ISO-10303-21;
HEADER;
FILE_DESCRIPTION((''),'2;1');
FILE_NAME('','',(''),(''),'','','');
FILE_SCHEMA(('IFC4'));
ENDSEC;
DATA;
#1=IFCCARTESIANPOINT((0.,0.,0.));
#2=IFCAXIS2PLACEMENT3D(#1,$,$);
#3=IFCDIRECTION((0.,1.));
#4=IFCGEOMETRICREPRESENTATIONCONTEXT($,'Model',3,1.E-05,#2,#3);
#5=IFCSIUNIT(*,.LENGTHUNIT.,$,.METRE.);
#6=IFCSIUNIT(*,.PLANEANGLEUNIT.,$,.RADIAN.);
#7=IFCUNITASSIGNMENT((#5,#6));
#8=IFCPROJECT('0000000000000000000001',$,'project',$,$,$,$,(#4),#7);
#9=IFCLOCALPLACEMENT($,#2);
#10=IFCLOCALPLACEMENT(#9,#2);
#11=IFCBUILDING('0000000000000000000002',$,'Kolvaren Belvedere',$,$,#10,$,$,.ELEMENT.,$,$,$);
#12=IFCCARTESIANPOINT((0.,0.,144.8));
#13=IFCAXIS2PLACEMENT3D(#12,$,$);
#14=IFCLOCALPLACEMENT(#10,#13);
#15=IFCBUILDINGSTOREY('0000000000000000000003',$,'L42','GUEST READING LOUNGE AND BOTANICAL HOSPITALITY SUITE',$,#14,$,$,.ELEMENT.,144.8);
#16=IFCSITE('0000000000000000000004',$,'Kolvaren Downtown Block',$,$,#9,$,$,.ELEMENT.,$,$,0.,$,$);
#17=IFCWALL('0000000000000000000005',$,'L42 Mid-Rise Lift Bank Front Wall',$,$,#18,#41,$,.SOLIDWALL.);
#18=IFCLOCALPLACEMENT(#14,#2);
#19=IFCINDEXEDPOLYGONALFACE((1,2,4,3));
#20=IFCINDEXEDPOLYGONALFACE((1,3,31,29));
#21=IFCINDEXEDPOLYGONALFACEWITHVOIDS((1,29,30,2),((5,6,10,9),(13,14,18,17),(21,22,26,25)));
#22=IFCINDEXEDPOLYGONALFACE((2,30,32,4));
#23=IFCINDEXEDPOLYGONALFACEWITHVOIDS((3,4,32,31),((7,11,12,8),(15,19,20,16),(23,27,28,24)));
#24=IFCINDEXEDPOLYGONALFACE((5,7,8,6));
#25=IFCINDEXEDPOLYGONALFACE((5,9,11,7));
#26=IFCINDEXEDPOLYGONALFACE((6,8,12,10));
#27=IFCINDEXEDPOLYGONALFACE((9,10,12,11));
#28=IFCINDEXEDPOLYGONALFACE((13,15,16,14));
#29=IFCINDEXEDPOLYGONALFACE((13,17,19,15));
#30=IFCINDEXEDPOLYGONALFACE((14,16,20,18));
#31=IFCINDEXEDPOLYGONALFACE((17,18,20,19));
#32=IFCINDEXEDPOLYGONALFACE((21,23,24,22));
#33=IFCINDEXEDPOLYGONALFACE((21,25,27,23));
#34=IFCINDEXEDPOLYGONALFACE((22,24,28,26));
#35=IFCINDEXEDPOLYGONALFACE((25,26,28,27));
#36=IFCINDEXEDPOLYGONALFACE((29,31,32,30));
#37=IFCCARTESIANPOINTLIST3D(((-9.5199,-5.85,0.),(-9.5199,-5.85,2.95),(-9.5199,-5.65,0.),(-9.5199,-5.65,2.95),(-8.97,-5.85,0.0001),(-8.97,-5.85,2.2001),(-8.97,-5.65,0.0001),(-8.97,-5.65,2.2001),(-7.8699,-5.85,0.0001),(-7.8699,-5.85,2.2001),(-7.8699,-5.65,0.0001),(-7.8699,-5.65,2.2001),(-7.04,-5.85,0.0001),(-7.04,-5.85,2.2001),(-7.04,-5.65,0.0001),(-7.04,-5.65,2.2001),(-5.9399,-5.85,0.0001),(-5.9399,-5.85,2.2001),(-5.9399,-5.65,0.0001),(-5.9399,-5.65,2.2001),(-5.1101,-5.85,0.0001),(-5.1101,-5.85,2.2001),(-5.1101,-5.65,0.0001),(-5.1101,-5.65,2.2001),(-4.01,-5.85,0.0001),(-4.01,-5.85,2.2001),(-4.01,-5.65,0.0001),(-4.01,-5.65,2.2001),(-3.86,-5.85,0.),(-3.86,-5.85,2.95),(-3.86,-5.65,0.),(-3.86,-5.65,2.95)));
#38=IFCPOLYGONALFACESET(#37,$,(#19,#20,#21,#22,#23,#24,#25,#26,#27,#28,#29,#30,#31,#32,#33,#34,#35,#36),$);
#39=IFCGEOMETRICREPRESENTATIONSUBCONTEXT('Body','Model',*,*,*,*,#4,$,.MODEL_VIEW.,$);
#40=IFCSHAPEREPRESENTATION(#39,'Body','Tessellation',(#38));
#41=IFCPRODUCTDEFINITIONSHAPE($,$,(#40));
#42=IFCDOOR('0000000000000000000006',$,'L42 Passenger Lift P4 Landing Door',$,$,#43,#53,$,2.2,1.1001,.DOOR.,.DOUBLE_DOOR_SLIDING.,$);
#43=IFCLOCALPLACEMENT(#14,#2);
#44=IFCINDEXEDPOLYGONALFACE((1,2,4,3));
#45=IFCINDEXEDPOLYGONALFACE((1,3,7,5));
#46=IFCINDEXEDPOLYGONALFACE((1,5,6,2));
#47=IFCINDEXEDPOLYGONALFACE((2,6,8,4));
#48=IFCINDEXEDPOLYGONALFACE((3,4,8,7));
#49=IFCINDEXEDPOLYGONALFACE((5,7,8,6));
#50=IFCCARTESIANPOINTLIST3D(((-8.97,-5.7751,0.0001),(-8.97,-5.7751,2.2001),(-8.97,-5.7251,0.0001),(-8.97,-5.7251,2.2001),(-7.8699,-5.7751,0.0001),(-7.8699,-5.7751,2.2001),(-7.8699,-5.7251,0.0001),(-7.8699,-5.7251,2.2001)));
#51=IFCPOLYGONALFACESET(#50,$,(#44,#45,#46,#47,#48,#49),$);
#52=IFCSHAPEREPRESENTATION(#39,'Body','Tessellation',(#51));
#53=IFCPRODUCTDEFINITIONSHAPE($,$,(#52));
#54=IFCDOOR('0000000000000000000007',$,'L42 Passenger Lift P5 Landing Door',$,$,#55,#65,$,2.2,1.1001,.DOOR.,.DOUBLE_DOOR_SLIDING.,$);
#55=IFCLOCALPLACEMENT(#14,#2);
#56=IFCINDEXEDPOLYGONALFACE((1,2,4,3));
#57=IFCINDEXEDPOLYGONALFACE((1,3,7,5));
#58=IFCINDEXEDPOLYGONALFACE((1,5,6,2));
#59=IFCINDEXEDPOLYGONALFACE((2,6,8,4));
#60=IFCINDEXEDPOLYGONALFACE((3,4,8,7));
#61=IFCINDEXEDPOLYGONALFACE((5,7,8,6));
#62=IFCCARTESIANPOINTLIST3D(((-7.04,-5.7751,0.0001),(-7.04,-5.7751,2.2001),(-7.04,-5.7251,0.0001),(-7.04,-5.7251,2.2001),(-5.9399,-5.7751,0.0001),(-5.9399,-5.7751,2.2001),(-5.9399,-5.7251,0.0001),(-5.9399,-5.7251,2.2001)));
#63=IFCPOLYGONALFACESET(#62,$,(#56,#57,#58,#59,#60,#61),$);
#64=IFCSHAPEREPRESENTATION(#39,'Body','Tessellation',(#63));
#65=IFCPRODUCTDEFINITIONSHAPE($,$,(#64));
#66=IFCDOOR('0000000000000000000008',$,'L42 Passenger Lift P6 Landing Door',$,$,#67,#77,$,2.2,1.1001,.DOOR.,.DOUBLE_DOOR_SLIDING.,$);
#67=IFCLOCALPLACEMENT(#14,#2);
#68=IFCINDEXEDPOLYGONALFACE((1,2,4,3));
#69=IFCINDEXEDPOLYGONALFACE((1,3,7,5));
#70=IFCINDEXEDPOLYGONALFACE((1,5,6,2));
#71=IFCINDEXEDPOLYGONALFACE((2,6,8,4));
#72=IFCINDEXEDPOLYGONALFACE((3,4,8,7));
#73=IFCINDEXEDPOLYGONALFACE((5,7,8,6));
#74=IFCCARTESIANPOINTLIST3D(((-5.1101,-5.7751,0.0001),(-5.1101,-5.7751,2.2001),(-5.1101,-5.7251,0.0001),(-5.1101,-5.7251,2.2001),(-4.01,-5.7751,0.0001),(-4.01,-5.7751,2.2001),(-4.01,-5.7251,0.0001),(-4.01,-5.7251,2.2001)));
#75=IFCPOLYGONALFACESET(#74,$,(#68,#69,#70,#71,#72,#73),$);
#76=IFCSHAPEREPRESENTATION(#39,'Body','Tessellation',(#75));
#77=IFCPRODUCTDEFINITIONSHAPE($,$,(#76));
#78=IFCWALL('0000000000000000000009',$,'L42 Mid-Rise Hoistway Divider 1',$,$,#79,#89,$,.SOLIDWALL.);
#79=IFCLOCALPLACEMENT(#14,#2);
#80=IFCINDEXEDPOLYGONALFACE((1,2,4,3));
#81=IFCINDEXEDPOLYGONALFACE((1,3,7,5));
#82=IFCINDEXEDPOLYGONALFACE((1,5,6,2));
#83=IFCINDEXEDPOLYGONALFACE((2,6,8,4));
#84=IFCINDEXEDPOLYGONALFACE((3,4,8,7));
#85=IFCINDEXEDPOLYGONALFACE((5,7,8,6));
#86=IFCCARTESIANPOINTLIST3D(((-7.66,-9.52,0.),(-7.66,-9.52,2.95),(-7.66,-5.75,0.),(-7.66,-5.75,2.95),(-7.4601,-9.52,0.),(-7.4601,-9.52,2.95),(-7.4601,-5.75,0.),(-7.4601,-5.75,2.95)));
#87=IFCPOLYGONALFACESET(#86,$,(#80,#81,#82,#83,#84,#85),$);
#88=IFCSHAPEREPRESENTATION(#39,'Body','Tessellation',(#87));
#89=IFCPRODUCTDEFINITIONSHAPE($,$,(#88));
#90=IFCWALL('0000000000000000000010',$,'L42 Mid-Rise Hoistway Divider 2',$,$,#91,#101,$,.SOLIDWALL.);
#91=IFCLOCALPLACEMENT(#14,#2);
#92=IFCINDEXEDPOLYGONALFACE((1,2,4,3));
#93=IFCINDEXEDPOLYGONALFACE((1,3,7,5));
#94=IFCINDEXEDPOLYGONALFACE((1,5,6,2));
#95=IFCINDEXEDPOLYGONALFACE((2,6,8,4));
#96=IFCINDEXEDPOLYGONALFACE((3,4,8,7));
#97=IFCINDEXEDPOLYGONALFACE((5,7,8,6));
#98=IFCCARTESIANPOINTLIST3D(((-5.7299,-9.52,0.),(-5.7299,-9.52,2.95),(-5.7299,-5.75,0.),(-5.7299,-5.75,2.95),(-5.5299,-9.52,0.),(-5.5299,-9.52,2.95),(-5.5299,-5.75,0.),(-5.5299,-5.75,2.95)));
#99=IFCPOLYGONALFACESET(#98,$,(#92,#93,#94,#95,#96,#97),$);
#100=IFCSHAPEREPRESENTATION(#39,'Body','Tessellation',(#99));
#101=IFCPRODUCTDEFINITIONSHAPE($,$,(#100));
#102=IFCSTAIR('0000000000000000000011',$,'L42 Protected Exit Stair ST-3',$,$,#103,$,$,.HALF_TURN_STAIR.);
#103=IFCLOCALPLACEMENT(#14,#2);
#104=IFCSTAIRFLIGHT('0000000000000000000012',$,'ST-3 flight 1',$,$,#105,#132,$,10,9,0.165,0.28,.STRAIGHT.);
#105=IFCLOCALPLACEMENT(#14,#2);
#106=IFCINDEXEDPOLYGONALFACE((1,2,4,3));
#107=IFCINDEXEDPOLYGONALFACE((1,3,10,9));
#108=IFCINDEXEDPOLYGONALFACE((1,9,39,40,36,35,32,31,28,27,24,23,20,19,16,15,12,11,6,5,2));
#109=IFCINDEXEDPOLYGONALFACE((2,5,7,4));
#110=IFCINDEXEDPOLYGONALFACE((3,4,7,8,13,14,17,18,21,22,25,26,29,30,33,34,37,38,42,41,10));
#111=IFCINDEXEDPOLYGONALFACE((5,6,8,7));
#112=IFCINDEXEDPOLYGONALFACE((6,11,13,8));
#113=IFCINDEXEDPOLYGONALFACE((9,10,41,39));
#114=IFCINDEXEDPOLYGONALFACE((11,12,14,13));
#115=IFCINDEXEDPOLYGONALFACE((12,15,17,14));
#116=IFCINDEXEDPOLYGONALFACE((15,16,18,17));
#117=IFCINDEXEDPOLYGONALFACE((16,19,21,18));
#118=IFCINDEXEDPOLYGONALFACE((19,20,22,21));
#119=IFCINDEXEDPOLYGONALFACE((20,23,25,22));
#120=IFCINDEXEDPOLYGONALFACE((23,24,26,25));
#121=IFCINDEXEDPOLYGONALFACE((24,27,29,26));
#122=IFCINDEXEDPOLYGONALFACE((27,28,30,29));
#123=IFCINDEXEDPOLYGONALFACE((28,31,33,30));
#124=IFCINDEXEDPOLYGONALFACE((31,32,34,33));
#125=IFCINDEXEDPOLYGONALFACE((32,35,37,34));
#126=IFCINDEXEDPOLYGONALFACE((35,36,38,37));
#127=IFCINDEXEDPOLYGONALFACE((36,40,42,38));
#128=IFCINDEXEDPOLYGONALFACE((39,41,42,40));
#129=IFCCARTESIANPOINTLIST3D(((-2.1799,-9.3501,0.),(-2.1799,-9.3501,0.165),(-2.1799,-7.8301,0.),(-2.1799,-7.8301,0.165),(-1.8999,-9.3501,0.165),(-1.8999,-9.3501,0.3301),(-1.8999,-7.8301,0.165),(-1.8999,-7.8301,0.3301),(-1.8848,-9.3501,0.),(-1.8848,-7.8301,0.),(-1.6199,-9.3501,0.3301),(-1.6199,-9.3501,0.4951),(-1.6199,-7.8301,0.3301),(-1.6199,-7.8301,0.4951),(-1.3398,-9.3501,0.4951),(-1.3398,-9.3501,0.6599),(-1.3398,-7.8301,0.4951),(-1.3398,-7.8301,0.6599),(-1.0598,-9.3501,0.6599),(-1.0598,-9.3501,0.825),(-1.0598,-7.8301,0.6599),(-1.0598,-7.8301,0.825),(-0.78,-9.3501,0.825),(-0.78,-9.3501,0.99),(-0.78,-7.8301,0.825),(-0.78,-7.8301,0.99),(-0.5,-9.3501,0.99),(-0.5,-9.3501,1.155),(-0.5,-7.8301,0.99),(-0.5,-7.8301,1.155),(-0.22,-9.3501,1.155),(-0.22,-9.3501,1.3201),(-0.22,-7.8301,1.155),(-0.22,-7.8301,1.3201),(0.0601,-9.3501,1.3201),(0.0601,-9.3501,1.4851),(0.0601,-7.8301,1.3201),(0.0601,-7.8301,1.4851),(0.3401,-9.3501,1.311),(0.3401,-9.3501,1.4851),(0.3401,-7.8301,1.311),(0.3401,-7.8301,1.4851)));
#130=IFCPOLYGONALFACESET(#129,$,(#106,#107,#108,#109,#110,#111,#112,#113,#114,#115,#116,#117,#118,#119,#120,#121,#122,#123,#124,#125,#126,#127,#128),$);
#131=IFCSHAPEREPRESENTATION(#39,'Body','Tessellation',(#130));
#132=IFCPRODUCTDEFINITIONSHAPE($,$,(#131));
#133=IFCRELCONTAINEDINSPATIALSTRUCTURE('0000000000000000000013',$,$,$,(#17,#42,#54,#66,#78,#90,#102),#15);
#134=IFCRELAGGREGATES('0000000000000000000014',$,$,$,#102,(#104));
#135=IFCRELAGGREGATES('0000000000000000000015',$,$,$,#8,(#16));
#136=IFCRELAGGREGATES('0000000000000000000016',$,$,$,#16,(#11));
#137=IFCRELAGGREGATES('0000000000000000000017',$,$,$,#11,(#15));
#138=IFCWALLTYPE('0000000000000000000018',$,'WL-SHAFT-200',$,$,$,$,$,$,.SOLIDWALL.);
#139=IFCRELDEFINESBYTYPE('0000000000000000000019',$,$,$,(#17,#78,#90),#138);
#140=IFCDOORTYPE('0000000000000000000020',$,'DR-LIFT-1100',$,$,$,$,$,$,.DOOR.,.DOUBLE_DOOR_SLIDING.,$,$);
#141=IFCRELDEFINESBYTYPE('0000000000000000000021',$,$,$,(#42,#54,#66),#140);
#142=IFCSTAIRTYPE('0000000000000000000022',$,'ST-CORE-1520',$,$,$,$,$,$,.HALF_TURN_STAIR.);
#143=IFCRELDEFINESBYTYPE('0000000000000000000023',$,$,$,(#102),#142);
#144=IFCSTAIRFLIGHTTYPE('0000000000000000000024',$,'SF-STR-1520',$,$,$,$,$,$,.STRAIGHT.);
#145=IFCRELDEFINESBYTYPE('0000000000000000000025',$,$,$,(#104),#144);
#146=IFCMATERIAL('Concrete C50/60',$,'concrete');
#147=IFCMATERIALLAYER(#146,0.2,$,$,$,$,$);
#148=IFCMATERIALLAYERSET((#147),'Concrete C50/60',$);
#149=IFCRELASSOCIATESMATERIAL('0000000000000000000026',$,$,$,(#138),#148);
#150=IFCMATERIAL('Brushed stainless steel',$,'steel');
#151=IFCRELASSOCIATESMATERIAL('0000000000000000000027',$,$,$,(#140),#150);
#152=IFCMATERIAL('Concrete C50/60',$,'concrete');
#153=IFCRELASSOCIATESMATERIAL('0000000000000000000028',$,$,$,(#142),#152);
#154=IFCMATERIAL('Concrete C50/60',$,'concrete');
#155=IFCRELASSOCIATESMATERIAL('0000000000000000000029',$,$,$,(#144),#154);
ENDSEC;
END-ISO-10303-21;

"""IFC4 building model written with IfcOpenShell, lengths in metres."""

from ifc_helpers import new_model, si_unit, direction, frame, frame_2d, origin, place, context, subcontext, project, spatial, polyline, rectangle, outline, extrude, material, layer, layer_set, type_object, element, fill, aggregate, save


model = new_model("IFC4")

# Units and contexts
model_context = context("Model", 3, precision=1e-05, world=origin(), true_north=direction((0.0, 1.0)))
body_context = subcontext(model_context, "Body", "Model", "MODEL_VIEW")
ifc_project = project(units=[si_unit("LENGTHUNIT", "METRE"), si_unit("PLANEANGLEUNIT", "RADIAN")], contexts=[model_context])

# Site, building, storey
site_placement = place(None, origin())
site = spatial("IfcSite", under=ifc_project, at=site_placement, Name="Kolvaren Downtown Block", CompositionType="ELEMENT", RefElevation=0.0)
building_placement = place(site_placement, origin())
building = spatial("IfcBuilding", under=site, at=building_placement, Name="Kolvaren Belvedere", CompositionType="ELEMENT")
storey_placement = place(building_placement, frame((0.0, 0.0, 144.8)))
storey = spatial("IfcBuildingStorey", under=building, at=storey_placement, Name="L42", Description="GUEST READING LOUNGE AND BOTANICAL HOSPITALITY SUITE", CompositionType="ELEMENT", Elevation=144.8)

# Shared definitions
ifc_material_1 = material(Name="Concrete C50/60", Category="concrete")
ifc_layer_1 = layer(ifc_material_1, 0.2)
ifc_layer_set_1 = layer_set([ifc_layer_1], Name="Concrete C50/60")
wall_type_1 = type_object("IfcWallType", Name="WL-SHAFT-200", PredefinedType="SOLIDWALL", material=ifc_layer_set_1)
ifc_material_2 = material(Name="Brushed stainless steel", Category="steel")
door_type_1 = type_object("IfcDoorType", Name="DR-LIFT-1100", OperationType="DOUBLE_DOOR_SLIDING", PredefinedType="DOOR", material=ifc_material_2)

# Wall, openings, doors
wall_1_placement = place(storey_placement, frame((-9.52, -5.75, 0.0), z_axis=(0.0, 0.0, 1.0), x_axis=(1.0, 0.0, 0.0)))
wall_1 = element("IfcWall", 1, at=wall_1_placement, inside=storey, type_object=wall_type_1, Name="L42 Mid-Rise Lift Bank Front Wall", PredefinedType="SOLIDWALL", context=body_context, shape_type="SweptSolid", body=[
    extrude(rectangle(XDim=5.6599, YDim=0.2, at=frame_2d((2.8301, 0.0))), origin(), (0.0, 0.0, 1.0), 2.95),
])
opening_1_placement = place(wall_1_placement, frame((0.55, 0.0, 0.0)))
opening_1 = element("IfcOpeningElement", 2, at=opening_1_placement, cuts=wall_1, PredefinedType="OPENING", context=body_context, shape_type="SweptSolid", body=[
    extrude(rectangle(XDim=1.1001, YDim=2.2, at=frame_2d((0.55, 1.1001))), frame((0.0, 0.1099, 0.0), z_axis=(0.0, -1.0, 0.0), x_axis=(1.0, 0.0, 0.0)), (0.0, 0.0, 1.0), 0.22),
])
opening_2_placement = place(wall_1_placement, frame((2.48, 0.0, 0.0)))
opening_2 = element("IfcOpeningElement", 3, at=opening_2_placement, cuts=wall_1, PredefinedType="OPENING", context=body_context, shape_type="SweptSolid", body=[
    extrude(rectangle(XDim=1.1001, YDim=2.2, at=frame_2d((0.55, 1.1001))), frame((0.0, 0.1099, 0.0), z_axis=(0.0, -1.0, 0.0), x_axis=(1.0, 0.0, 0.0)), (0.0, 0.0, 1.0), 0.22),
])
opening_3_placement = place(wall_1_placement, frame((4.4099, 0.0, 0.0)))
opening_3 = element("IfcOpeningElement", 4, at=opening_3_placement, cuts=wall_1, PredefinedType="OPENING", context=body_context, shape_type="SweptSolid", body=[
    extrude(rectangle(XDim=1.1001, YDim=2.2, at=frame_2d((0.55, 1.1001))), frame((0.0, 0.1099, 0.0), z_axis=(0.0, -1.0, 0.0), x_axis=(1.0, 0.0, 0.0)), (0.0, 0.0, 1.0), 0.22),
])
door_1_placement = place(opening_1_placement, origin())
door_1 = element("IfcDoor", 5, at=door_1_placement, inside=storey, type_object=door_type_1, Name="L42 Passenger Lift P4 Landing Door", OperationType="DOUBLE_DOOR_SLIDING", OverallHeight=2.2, OverallWidth=1.1001, PredefinedType="DOOR", context=body_context, shape_type="SweptSolid", body=[
    extrude(rectangle(XDim=1.1001, YDim=2.2, at=frame_2d((0.55, 1.1001))), frame((0.0, 0.0249, 0.0), z_axis=(0.0, -1.0, 0.0), x_axis=(1.0, 0.0, 0.0)), (0.0, 0.0, 1.0), 0.05),
])
fill(opening_1, door_1)
door_2_placement = place(opening_2_placement, origin())
door_2 = element("IfcDoor", 6, at=door_2_placement, inside=storey, type_object=door_type_1, Name="L42 Passenger Lift P5 Landing Door", OperationType="DOUBLE_DOOR_SLIDING", OverallHeight=2.2, OverallWidth=1.1001, PredefinedType="DOOR", context=body_context, shape_type="SweptSolid", body=[
    extrude(rectangle(XDim=1.1001, YDim=2.2, at=frame_2d((0.55, 1.1001))), frame((0.0, 0.0249, 0.0), z_axis=(0.0, -1.0, 0.0), x_axis=(1.0, 0.0, 0.0)), (0.0, 0.0, 1.0), 0.05),
])
fill(opening_2, door_2)
door_3_placement = place(opening_3_placement, origin())
door_3 = element("IfcDoor", 7, at=door_3_placement, inside=storey, type_object=door_type_1, Name="L42 Passenger Lift P6 Landing Door", OperationType="DOUBLE_DOOR_SLIDING", OverallHeight=2.2, OverallWidth=1.1001, PredefinedType="DOOR", context=body_context, shape_type="SweptSolid", body=[
    extrude(rectangle(XDim=1.1001, YDim=2.2, at=frame_2d((0.55, 1.1001))), frame((0.0, 0.0249, 0.0), z_axis=(0.0, -1.0, 0.0), x_axis=(1.0, 0.0, 0.0)), (0.0, 0.0, 1.0), 0.05),
])
fill(opening_3, door_3)

# Walls
for number, where, z_axis, x_axis, name in (
    (8, (-7.5601, -9.52, 0.0), (0.0, 0.0, 1.0), (0.0, 1.0, 0.0), "L42 Mid-Rise Hoistway Divider 1"),
    (9, (-5.6299, -9.52, 0.0), (0.0, 0.0, 1.0), (0.0, 1.0, 0.0), "L42 Mid-Rise Hoistway Divider 2"),
):
    element("IfcWall", number, at=place(storey_placement, frame(where, z_axis=z_axis, x_axis=x_axis)), inside=storey, type_object=wall_type_1, Name=name, PredefinedType="SOLIDWALL", context=body_context, shape_type="SweptSolid", body=[
        extrude(rectangle(XDim=3.77, YDim=0.2, at=frame_2d((1.885, 0.0))), origin(), (0.0, 0.0, 1.0), 2.95),
    ])

# Stair, stair flight
ifc_material_3 = material(Name="Concrete C50/60", Category="concrete")
stair_type = type_object("IfcStairType", Name="ST-CORE-1520", PredefinedType="HALF_TURN_STAIR", material=ifc_material_3)
stair_placement = place(storey_placement, origin())
stair = element("IfcStair", 10, at=stair_placement, inside=storey, type_object=stair_type, Name="L42 Protected Exit Stair ST-3", PredefinedType="HALF_TURN_STAIR")
ifc_material_4 = material(Name="Concrete C50/60", Category="concrete")
stair_flight_type = type_object("IfcStairFlightType", Name="SF-STR-1520", PredefinedType="STRAIGHT", material=ifc_material_4)
stair_flight_placement = place(storey_placement, frame((-2.1799, -8.5901, 0.0), z_axis=(0.0, 0.0, 1.0), x_axis=(1.0, 0.0, 0.0)))
stair_flight = element("IfcStairFlight", 11, at=stair_flight_placement, type_object=stair_flight_type, Name="ST-3 flight 1", NumberOfRisers=10, NumberOfTreads=9, PredefinedType="STRAIGHT", RiserHeight=0.165, TreadLength=0.28, context=body_context, shape_type="SweptSolid", body=[
    extrude(outline(polyline([(0.0, 0.0), (0.0, 0.165), (0.28, 0.165), (0.28, 0.3301), (0.5601, 0.3301), (0.5601, 0.4951), (0.8401, 0.4951), (0.8401, 0.6599), (1.1201, 0.6599), (1.1201, 0.825), (1.3999, 0.825), (1.3999, 0.99), (1.6799, 0.99), (1.6799, 1.155), (1.96, 1.155), (1.96, 1.3201), (2.24, 1.3201), (2.24, 1.4851), (2.52, 1.4851), (2.52, 1.6499), (2.52, 1.311), (0.2952, 0.0), (0.0, 0.0)])), frame((0.0, 0.76, 0.0), z_axis=(0.0, -1.0, 0.0), x_axis=(1.0, 0.0, 0.0)), (0.0, 0.0, 1.0), 1.52),
])
aggregate(stair, [stair_flight])

save(model, "model.ifc")
